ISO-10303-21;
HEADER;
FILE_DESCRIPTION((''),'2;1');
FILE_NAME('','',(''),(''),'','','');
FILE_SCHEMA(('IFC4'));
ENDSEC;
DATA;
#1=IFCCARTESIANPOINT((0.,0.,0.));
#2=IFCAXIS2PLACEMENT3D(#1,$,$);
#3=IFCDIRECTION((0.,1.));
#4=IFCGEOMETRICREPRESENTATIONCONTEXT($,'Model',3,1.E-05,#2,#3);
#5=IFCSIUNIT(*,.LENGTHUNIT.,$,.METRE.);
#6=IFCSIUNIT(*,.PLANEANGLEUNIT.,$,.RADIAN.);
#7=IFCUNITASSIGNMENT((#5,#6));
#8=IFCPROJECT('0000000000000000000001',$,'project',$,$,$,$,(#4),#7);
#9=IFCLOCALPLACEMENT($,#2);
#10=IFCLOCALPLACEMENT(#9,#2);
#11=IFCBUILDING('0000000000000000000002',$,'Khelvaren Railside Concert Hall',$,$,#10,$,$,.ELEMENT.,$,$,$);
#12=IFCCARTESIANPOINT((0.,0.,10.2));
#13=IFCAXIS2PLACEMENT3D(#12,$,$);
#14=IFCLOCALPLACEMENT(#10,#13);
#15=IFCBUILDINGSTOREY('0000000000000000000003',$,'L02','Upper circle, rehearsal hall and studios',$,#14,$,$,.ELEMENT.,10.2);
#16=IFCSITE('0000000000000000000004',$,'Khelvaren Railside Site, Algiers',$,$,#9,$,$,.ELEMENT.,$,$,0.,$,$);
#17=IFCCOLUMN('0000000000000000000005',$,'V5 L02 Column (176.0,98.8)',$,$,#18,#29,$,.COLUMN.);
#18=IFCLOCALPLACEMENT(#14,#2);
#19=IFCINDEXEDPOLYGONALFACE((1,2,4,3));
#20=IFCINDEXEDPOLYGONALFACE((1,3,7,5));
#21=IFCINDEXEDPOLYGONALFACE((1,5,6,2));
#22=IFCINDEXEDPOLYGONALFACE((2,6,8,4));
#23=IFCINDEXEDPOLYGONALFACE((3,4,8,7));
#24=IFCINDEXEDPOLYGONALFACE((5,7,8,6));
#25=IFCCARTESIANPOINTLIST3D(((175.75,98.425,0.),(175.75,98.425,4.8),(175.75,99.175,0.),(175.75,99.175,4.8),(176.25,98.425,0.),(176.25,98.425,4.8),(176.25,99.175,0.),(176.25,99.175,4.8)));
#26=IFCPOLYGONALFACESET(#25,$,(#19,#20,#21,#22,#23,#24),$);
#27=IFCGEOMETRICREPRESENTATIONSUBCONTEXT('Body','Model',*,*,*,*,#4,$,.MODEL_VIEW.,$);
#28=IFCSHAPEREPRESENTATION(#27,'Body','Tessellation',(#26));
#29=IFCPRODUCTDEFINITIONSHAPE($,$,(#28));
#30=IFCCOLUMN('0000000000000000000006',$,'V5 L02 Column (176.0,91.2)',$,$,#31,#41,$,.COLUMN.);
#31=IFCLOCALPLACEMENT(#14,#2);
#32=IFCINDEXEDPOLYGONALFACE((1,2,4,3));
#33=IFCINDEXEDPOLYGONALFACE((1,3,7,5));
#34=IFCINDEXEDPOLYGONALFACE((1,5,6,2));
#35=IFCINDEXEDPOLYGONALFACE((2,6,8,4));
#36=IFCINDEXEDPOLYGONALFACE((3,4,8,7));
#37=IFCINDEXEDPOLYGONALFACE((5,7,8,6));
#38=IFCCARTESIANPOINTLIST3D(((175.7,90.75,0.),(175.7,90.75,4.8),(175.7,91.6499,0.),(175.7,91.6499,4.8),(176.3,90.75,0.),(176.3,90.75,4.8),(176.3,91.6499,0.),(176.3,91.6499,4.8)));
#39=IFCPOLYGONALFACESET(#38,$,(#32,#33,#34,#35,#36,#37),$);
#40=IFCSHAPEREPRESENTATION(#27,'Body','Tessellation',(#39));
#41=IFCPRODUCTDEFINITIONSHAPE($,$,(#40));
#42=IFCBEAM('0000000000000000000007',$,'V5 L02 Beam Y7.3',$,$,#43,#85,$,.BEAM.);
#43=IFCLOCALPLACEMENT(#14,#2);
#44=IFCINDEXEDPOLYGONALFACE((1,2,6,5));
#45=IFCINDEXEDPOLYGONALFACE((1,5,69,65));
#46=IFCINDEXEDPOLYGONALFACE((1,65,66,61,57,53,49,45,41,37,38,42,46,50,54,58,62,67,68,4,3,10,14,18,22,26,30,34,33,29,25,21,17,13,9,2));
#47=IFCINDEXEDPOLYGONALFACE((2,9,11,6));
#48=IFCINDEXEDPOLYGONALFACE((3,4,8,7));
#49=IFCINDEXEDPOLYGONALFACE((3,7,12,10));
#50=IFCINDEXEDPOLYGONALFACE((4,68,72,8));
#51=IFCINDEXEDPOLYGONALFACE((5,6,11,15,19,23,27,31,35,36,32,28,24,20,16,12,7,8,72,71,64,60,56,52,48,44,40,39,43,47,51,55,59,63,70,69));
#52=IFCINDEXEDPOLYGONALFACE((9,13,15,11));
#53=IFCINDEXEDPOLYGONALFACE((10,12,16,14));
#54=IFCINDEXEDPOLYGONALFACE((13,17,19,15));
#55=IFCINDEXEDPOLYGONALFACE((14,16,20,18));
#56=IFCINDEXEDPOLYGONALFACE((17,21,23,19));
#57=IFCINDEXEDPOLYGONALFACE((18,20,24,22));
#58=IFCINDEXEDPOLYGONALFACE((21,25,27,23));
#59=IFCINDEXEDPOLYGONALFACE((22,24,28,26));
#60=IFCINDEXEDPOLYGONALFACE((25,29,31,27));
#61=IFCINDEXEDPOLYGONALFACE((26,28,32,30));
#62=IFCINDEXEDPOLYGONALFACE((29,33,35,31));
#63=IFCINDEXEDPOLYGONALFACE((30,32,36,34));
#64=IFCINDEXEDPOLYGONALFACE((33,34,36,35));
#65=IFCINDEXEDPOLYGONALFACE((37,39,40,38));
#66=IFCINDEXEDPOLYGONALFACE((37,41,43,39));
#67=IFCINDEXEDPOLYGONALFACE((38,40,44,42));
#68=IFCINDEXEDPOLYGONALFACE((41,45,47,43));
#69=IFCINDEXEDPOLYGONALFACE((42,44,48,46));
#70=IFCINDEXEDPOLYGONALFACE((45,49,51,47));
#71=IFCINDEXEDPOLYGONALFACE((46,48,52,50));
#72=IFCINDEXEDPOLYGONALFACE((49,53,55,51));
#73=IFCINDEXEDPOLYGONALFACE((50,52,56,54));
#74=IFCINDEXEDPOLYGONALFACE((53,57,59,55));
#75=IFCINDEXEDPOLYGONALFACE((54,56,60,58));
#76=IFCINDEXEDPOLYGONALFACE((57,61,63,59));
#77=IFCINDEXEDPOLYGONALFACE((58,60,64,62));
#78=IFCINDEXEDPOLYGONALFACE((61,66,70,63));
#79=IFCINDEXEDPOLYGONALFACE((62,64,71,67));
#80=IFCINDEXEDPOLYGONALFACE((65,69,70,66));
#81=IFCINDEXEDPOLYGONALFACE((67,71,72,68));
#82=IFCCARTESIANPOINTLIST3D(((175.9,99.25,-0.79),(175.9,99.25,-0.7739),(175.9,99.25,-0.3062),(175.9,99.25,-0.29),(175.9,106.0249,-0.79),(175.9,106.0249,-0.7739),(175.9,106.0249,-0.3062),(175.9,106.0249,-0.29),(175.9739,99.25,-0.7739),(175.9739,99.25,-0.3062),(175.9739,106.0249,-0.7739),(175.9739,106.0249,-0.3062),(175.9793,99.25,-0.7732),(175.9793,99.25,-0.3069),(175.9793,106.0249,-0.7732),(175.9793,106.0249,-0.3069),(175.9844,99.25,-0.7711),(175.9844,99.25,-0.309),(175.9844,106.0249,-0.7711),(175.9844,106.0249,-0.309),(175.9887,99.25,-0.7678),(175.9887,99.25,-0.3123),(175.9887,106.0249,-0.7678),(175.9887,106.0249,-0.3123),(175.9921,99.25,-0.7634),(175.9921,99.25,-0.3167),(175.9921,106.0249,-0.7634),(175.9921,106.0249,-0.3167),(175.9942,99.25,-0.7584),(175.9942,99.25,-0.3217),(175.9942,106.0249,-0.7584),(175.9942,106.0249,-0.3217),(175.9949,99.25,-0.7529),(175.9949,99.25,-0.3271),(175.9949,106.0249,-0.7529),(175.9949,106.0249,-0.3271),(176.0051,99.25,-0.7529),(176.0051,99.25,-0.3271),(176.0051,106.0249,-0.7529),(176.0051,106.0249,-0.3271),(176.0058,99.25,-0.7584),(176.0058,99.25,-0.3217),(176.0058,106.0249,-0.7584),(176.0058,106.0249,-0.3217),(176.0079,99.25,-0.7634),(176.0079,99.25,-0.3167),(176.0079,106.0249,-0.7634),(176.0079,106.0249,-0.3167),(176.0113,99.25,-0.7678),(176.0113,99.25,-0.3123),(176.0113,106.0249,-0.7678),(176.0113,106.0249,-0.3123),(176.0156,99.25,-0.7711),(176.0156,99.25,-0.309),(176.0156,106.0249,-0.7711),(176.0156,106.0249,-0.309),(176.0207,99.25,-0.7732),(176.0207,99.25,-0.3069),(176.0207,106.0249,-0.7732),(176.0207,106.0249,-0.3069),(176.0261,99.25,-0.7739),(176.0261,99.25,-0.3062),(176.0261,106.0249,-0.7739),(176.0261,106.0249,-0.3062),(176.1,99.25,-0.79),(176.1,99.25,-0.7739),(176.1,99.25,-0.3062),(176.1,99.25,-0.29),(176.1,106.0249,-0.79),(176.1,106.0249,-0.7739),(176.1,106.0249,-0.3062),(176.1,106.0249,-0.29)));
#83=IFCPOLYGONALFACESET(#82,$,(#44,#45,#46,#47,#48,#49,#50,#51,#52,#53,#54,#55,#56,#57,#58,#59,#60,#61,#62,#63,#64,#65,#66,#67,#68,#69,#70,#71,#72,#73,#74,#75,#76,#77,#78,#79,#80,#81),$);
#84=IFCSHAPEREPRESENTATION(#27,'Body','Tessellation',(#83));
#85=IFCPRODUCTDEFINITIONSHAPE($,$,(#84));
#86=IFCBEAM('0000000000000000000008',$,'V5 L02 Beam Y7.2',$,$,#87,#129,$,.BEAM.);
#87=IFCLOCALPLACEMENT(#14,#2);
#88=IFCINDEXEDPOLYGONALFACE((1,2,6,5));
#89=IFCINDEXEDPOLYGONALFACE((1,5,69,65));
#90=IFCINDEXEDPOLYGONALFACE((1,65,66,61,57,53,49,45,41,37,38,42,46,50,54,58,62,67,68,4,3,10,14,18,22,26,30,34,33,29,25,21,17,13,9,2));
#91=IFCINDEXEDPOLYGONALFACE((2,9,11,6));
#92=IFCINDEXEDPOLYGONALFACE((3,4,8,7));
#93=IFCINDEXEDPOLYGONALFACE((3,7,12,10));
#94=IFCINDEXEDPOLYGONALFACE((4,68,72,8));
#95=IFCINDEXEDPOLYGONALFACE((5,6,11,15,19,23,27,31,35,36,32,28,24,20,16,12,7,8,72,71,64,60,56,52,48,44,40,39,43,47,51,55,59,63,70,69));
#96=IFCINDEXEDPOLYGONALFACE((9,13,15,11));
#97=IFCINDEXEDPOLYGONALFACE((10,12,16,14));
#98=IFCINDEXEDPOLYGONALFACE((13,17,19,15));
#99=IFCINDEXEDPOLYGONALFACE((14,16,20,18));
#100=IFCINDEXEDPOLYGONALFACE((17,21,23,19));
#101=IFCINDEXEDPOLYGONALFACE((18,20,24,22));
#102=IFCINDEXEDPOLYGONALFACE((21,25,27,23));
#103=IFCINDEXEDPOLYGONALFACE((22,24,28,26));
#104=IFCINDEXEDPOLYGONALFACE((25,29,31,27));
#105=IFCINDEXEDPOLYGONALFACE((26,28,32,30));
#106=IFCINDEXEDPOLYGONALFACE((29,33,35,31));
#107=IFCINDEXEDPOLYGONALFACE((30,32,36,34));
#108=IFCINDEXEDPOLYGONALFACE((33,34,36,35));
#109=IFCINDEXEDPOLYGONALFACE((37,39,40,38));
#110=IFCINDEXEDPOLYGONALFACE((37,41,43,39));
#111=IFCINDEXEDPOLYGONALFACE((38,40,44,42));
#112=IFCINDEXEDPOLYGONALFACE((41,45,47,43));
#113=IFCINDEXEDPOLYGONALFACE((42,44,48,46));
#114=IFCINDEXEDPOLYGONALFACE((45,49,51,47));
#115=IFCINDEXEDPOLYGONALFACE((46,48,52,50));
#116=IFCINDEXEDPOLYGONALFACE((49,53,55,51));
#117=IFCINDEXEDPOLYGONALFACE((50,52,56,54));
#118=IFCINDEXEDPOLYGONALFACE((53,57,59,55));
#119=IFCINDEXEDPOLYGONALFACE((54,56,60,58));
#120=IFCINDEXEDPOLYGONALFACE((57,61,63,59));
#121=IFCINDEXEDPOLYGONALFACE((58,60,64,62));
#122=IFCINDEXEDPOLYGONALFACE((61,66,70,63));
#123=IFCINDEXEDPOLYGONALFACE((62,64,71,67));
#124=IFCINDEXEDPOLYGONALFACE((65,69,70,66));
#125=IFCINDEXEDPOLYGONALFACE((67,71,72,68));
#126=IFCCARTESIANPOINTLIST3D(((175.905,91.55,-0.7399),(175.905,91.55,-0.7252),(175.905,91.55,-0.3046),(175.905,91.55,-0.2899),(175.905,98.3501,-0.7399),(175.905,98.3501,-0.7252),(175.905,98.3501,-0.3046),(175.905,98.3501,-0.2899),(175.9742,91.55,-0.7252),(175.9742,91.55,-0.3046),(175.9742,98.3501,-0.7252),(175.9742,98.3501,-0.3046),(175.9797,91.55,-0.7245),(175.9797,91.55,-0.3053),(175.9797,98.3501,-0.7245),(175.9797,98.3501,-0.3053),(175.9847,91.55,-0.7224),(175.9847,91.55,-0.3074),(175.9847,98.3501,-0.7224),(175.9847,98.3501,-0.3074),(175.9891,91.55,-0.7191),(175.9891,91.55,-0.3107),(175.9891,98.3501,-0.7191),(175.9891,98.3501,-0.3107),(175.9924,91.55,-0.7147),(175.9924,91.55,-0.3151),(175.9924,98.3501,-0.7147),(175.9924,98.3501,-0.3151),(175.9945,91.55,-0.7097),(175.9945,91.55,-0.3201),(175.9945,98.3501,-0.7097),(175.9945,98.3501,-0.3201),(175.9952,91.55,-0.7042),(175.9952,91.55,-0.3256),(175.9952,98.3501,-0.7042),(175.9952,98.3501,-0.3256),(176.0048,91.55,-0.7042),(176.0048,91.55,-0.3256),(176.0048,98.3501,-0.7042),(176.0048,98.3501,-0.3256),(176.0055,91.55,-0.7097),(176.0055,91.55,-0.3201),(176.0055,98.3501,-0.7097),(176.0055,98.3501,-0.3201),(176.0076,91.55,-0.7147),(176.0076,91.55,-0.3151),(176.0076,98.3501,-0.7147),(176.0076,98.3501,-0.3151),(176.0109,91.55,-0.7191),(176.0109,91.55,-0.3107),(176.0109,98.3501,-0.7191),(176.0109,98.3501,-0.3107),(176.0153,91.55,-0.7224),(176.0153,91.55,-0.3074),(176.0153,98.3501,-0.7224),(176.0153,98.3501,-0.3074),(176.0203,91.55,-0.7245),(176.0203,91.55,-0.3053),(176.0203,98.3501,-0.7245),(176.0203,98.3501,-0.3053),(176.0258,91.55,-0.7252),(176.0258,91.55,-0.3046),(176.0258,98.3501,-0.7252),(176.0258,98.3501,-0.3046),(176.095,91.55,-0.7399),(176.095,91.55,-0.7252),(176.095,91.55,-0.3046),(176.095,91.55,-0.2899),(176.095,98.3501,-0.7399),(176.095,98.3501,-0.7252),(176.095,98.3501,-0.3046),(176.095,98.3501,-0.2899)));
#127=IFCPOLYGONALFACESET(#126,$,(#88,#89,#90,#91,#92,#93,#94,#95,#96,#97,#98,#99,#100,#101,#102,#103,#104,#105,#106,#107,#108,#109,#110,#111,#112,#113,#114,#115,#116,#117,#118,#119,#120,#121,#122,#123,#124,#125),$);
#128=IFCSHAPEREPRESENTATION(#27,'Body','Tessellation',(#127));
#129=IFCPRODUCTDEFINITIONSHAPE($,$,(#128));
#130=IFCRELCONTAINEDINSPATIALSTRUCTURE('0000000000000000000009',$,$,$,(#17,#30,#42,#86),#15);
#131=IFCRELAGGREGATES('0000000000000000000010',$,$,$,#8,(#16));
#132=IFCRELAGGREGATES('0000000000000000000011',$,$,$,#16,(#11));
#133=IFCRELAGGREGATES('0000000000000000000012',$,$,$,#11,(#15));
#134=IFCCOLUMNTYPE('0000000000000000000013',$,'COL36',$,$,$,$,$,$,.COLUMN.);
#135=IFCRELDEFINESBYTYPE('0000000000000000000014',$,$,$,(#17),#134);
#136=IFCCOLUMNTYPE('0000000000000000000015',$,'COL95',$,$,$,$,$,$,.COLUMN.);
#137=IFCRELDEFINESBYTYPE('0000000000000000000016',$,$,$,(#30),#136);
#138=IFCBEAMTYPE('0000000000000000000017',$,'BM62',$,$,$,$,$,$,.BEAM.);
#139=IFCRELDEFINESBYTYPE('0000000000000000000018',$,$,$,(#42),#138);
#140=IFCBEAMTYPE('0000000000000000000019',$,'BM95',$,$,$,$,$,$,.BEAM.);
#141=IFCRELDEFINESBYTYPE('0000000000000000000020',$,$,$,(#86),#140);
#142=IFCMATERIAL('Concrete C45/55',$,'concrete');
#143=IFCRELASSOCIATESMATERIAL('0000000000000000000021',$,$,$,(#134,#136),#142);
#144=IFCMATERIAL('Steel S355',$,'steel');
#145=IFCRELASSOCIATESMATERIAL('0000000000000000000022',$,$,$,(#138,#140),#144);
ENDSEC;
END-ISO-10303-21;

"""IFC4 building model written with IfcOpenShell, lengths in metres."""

from ifc_helpers import new_model, si_unit, direction, frame, origin, origin_2d, place, context, subcontext, project, spatial, rectangle, i_section, extrude, material, material_profile, profile_set, type_object, element, save


model = new_model("IFC4")

# Units and contexts
model_context = context("Model", 3, precision=1e-05, world=origin(), true_north=direction((0.0, 1.0)))
body_context = subcontext(model_context, "Body", "Model", "MODEL_VIEW")
ifc_project = project(units=[si_unit("LENGTHUNIT", "METRE"), si_unit("PLANEANGLEUNIT", "RADIAN")], contexts=[model_context])

# Site, building, storey
site_placement = place(None, origin())
site = spatial("IfcSite", under=ifc_project, at=site_placement, Name="Khelvaren Railside Site, Algiers", CompositionType="ELEMENT", RefElevation=0.0)
building_placement = place(site_placement, origin())
building = spatial("IfcBuilding", under=site, at=building_placement, Name="Khelvaren Railside Concert Hall", CompositionType="ELEMENT")
storey_placement = place(building_placement, frame((0.0, 0.0, 10.2)))
storey = spatial("IfcBuildingStorey", under=building, at=storey_placement, Name="L02", Description="Upper circle, rehearsal hall and studios", CompositionType="ELEMENT", Elevation=10.2)

# Columns
ifc_material_1 = material(Name="Concrete C45/55", Category="concrete")
ifc_material_profile_1 = material_profile(ifc_material_1, rectangle(XDim=0.5, YDim=0.75, at=origin_2d()), Name="RC 500x750")
ifc_profile_set_1 = profile_set([ifc_material_profile_1], Name="Concrete C45/55")
column_type_1 = type_object("IfcColumnType", Name="COL36", PredefinedType="COLUMN", material=ifc_profile_set_1)
column_1_placement = place(storey_placement, frame((176.0, 98.8, 0.0), z_axis=(0.0, 0.0, 1.0), x_axis=(1.0, 0.0, 0.0)))
element("IfcColumn", 1, at=column_1_placement, inside=storey, type_object=column_type_1, Name="V5 L02 Column (176.0,98.8)", PredefinedType="COLUMN", context=body_context, shape_type="SweptSolid", body=[
    extrude(rectangle(XDim=0.5, YDim=0.75, at=origin_2d()), origin(), (0.0, 0.0, 1.0), 4.8),
])
ifc_material_profile_2 = material_profile(ifc_material_1, rectangle(XDim=0.6001, YDim=0.8999, at=origin_2d()), Name="RC 600x900")
ifc_profile_set_2 = profile_set([ifc_material_profile_2], Name="Concrete C45/55")
column_type_2 = type_object("IfcColumnType", Name="COL95", PredefinedType="COLUMN", material=ifc_profile_set_2)
column_2_placement = place(storey_placement, frame((176.0, 91.2, 0.0), z_axis=(0.0, 0.0, 1.0), x_axis=(1.0, 0.0, 0.0)))
element("IfcColumn", 2, at=column_2_placement, inside=storey, type_object=column_type_2, Name="V5 L02 Column (176.0,91.2)", PredefinedType="COLUMN", context=body_context, shape_type="SweptSolid", body=[
    extrude(rectangle(XDim=0.6001, YDim=0.8999, at=origin_2d()), origin(), (0.0, 0.0, 1.0), 4.8),
])

# Beams
ifc_material_2 = material(Name="Steel S355", Category="steel")
ifc_material_profile_3 = material_profile(ifc_material_2, i_section(OverallWidth=0.2, OverallDepth=0.5, WebThickness=0.0103, FlangeThickness=0.0161, FilletRadius=0.021, at=origin_2d()), Name="IPE 500")
ifc_profile_set_3 = profile_set([ifc_material_profile_3], Name="Steel S355")
beam_type_1 = type_object("IfcBeamType", Name="BM62", PredefinedType="BEAM", material=ifc_profile_set_3)
beam_1_placement = place(storey_placement, frame((176.0, 99.25, -0.54), z_axis=(0.0, 1.0, 0.0), x_axis=(-1.0, 0.0, 0.0)))
element("IfcBeam", 3, at=beam_1_placement, inside=storey, type_object=beam_type_1, Name="V5 L02 Beam Y7.3", PredefinedType="BEAM", context=body_context, shape_type="SweptSolid", body=[
    extrude(i_section(OverallWidth=0.2, OverallDepth=0.5, WebThickness=0.0103, FlangeThickness=0.0161, FilletRadius=0.021, at=origin_2d()), origin(), (0.0, 0.0, 1.0), 6.7749),
])
ifc_material_profile_4 = material_profile(ifc_material_2, i_section(OverallWidth=0.1899, OverallDepth=0.45, WebThickness=0.0095, FlangeThickness=0.0146, FilletRadius=0.021, at=origin_2d()), Name="IPE 450")
ifc_profile_set_4 = profile_set([ifc_material_profile_4], Name="Steel S355")
beam_type_2 = type_object("IfcBeamType", Name="BM95", PredefinedType="BEAM", material=ifc_profile_set_4)
beam_2_placement = place(storey_placement, frame((176.0, 91.55, -0.5149), z_axis=(0.0, 1.0, 0.0), x_axis=(-1.0, 0.0, 0.0)))
element("IfcBeam", 4, at=beam_2_placement, inside=storey, type_object=beam_type_2, Name="V5 L02 Beam Y7.2", PredefinedType="BEAM", context=body_context, shape_type="SweptSolid", body=[
    extrude(i_section(OverallWidth=0.1899, OverallDepth=0.45, WebThickness=0.0095, FlangeThickness=0.0146, FilletRadius=0.021, at=origin_2d()), origin(), (0.0, 0.0, 1.0), 6.8),
])

save(model, "model.ifc")
